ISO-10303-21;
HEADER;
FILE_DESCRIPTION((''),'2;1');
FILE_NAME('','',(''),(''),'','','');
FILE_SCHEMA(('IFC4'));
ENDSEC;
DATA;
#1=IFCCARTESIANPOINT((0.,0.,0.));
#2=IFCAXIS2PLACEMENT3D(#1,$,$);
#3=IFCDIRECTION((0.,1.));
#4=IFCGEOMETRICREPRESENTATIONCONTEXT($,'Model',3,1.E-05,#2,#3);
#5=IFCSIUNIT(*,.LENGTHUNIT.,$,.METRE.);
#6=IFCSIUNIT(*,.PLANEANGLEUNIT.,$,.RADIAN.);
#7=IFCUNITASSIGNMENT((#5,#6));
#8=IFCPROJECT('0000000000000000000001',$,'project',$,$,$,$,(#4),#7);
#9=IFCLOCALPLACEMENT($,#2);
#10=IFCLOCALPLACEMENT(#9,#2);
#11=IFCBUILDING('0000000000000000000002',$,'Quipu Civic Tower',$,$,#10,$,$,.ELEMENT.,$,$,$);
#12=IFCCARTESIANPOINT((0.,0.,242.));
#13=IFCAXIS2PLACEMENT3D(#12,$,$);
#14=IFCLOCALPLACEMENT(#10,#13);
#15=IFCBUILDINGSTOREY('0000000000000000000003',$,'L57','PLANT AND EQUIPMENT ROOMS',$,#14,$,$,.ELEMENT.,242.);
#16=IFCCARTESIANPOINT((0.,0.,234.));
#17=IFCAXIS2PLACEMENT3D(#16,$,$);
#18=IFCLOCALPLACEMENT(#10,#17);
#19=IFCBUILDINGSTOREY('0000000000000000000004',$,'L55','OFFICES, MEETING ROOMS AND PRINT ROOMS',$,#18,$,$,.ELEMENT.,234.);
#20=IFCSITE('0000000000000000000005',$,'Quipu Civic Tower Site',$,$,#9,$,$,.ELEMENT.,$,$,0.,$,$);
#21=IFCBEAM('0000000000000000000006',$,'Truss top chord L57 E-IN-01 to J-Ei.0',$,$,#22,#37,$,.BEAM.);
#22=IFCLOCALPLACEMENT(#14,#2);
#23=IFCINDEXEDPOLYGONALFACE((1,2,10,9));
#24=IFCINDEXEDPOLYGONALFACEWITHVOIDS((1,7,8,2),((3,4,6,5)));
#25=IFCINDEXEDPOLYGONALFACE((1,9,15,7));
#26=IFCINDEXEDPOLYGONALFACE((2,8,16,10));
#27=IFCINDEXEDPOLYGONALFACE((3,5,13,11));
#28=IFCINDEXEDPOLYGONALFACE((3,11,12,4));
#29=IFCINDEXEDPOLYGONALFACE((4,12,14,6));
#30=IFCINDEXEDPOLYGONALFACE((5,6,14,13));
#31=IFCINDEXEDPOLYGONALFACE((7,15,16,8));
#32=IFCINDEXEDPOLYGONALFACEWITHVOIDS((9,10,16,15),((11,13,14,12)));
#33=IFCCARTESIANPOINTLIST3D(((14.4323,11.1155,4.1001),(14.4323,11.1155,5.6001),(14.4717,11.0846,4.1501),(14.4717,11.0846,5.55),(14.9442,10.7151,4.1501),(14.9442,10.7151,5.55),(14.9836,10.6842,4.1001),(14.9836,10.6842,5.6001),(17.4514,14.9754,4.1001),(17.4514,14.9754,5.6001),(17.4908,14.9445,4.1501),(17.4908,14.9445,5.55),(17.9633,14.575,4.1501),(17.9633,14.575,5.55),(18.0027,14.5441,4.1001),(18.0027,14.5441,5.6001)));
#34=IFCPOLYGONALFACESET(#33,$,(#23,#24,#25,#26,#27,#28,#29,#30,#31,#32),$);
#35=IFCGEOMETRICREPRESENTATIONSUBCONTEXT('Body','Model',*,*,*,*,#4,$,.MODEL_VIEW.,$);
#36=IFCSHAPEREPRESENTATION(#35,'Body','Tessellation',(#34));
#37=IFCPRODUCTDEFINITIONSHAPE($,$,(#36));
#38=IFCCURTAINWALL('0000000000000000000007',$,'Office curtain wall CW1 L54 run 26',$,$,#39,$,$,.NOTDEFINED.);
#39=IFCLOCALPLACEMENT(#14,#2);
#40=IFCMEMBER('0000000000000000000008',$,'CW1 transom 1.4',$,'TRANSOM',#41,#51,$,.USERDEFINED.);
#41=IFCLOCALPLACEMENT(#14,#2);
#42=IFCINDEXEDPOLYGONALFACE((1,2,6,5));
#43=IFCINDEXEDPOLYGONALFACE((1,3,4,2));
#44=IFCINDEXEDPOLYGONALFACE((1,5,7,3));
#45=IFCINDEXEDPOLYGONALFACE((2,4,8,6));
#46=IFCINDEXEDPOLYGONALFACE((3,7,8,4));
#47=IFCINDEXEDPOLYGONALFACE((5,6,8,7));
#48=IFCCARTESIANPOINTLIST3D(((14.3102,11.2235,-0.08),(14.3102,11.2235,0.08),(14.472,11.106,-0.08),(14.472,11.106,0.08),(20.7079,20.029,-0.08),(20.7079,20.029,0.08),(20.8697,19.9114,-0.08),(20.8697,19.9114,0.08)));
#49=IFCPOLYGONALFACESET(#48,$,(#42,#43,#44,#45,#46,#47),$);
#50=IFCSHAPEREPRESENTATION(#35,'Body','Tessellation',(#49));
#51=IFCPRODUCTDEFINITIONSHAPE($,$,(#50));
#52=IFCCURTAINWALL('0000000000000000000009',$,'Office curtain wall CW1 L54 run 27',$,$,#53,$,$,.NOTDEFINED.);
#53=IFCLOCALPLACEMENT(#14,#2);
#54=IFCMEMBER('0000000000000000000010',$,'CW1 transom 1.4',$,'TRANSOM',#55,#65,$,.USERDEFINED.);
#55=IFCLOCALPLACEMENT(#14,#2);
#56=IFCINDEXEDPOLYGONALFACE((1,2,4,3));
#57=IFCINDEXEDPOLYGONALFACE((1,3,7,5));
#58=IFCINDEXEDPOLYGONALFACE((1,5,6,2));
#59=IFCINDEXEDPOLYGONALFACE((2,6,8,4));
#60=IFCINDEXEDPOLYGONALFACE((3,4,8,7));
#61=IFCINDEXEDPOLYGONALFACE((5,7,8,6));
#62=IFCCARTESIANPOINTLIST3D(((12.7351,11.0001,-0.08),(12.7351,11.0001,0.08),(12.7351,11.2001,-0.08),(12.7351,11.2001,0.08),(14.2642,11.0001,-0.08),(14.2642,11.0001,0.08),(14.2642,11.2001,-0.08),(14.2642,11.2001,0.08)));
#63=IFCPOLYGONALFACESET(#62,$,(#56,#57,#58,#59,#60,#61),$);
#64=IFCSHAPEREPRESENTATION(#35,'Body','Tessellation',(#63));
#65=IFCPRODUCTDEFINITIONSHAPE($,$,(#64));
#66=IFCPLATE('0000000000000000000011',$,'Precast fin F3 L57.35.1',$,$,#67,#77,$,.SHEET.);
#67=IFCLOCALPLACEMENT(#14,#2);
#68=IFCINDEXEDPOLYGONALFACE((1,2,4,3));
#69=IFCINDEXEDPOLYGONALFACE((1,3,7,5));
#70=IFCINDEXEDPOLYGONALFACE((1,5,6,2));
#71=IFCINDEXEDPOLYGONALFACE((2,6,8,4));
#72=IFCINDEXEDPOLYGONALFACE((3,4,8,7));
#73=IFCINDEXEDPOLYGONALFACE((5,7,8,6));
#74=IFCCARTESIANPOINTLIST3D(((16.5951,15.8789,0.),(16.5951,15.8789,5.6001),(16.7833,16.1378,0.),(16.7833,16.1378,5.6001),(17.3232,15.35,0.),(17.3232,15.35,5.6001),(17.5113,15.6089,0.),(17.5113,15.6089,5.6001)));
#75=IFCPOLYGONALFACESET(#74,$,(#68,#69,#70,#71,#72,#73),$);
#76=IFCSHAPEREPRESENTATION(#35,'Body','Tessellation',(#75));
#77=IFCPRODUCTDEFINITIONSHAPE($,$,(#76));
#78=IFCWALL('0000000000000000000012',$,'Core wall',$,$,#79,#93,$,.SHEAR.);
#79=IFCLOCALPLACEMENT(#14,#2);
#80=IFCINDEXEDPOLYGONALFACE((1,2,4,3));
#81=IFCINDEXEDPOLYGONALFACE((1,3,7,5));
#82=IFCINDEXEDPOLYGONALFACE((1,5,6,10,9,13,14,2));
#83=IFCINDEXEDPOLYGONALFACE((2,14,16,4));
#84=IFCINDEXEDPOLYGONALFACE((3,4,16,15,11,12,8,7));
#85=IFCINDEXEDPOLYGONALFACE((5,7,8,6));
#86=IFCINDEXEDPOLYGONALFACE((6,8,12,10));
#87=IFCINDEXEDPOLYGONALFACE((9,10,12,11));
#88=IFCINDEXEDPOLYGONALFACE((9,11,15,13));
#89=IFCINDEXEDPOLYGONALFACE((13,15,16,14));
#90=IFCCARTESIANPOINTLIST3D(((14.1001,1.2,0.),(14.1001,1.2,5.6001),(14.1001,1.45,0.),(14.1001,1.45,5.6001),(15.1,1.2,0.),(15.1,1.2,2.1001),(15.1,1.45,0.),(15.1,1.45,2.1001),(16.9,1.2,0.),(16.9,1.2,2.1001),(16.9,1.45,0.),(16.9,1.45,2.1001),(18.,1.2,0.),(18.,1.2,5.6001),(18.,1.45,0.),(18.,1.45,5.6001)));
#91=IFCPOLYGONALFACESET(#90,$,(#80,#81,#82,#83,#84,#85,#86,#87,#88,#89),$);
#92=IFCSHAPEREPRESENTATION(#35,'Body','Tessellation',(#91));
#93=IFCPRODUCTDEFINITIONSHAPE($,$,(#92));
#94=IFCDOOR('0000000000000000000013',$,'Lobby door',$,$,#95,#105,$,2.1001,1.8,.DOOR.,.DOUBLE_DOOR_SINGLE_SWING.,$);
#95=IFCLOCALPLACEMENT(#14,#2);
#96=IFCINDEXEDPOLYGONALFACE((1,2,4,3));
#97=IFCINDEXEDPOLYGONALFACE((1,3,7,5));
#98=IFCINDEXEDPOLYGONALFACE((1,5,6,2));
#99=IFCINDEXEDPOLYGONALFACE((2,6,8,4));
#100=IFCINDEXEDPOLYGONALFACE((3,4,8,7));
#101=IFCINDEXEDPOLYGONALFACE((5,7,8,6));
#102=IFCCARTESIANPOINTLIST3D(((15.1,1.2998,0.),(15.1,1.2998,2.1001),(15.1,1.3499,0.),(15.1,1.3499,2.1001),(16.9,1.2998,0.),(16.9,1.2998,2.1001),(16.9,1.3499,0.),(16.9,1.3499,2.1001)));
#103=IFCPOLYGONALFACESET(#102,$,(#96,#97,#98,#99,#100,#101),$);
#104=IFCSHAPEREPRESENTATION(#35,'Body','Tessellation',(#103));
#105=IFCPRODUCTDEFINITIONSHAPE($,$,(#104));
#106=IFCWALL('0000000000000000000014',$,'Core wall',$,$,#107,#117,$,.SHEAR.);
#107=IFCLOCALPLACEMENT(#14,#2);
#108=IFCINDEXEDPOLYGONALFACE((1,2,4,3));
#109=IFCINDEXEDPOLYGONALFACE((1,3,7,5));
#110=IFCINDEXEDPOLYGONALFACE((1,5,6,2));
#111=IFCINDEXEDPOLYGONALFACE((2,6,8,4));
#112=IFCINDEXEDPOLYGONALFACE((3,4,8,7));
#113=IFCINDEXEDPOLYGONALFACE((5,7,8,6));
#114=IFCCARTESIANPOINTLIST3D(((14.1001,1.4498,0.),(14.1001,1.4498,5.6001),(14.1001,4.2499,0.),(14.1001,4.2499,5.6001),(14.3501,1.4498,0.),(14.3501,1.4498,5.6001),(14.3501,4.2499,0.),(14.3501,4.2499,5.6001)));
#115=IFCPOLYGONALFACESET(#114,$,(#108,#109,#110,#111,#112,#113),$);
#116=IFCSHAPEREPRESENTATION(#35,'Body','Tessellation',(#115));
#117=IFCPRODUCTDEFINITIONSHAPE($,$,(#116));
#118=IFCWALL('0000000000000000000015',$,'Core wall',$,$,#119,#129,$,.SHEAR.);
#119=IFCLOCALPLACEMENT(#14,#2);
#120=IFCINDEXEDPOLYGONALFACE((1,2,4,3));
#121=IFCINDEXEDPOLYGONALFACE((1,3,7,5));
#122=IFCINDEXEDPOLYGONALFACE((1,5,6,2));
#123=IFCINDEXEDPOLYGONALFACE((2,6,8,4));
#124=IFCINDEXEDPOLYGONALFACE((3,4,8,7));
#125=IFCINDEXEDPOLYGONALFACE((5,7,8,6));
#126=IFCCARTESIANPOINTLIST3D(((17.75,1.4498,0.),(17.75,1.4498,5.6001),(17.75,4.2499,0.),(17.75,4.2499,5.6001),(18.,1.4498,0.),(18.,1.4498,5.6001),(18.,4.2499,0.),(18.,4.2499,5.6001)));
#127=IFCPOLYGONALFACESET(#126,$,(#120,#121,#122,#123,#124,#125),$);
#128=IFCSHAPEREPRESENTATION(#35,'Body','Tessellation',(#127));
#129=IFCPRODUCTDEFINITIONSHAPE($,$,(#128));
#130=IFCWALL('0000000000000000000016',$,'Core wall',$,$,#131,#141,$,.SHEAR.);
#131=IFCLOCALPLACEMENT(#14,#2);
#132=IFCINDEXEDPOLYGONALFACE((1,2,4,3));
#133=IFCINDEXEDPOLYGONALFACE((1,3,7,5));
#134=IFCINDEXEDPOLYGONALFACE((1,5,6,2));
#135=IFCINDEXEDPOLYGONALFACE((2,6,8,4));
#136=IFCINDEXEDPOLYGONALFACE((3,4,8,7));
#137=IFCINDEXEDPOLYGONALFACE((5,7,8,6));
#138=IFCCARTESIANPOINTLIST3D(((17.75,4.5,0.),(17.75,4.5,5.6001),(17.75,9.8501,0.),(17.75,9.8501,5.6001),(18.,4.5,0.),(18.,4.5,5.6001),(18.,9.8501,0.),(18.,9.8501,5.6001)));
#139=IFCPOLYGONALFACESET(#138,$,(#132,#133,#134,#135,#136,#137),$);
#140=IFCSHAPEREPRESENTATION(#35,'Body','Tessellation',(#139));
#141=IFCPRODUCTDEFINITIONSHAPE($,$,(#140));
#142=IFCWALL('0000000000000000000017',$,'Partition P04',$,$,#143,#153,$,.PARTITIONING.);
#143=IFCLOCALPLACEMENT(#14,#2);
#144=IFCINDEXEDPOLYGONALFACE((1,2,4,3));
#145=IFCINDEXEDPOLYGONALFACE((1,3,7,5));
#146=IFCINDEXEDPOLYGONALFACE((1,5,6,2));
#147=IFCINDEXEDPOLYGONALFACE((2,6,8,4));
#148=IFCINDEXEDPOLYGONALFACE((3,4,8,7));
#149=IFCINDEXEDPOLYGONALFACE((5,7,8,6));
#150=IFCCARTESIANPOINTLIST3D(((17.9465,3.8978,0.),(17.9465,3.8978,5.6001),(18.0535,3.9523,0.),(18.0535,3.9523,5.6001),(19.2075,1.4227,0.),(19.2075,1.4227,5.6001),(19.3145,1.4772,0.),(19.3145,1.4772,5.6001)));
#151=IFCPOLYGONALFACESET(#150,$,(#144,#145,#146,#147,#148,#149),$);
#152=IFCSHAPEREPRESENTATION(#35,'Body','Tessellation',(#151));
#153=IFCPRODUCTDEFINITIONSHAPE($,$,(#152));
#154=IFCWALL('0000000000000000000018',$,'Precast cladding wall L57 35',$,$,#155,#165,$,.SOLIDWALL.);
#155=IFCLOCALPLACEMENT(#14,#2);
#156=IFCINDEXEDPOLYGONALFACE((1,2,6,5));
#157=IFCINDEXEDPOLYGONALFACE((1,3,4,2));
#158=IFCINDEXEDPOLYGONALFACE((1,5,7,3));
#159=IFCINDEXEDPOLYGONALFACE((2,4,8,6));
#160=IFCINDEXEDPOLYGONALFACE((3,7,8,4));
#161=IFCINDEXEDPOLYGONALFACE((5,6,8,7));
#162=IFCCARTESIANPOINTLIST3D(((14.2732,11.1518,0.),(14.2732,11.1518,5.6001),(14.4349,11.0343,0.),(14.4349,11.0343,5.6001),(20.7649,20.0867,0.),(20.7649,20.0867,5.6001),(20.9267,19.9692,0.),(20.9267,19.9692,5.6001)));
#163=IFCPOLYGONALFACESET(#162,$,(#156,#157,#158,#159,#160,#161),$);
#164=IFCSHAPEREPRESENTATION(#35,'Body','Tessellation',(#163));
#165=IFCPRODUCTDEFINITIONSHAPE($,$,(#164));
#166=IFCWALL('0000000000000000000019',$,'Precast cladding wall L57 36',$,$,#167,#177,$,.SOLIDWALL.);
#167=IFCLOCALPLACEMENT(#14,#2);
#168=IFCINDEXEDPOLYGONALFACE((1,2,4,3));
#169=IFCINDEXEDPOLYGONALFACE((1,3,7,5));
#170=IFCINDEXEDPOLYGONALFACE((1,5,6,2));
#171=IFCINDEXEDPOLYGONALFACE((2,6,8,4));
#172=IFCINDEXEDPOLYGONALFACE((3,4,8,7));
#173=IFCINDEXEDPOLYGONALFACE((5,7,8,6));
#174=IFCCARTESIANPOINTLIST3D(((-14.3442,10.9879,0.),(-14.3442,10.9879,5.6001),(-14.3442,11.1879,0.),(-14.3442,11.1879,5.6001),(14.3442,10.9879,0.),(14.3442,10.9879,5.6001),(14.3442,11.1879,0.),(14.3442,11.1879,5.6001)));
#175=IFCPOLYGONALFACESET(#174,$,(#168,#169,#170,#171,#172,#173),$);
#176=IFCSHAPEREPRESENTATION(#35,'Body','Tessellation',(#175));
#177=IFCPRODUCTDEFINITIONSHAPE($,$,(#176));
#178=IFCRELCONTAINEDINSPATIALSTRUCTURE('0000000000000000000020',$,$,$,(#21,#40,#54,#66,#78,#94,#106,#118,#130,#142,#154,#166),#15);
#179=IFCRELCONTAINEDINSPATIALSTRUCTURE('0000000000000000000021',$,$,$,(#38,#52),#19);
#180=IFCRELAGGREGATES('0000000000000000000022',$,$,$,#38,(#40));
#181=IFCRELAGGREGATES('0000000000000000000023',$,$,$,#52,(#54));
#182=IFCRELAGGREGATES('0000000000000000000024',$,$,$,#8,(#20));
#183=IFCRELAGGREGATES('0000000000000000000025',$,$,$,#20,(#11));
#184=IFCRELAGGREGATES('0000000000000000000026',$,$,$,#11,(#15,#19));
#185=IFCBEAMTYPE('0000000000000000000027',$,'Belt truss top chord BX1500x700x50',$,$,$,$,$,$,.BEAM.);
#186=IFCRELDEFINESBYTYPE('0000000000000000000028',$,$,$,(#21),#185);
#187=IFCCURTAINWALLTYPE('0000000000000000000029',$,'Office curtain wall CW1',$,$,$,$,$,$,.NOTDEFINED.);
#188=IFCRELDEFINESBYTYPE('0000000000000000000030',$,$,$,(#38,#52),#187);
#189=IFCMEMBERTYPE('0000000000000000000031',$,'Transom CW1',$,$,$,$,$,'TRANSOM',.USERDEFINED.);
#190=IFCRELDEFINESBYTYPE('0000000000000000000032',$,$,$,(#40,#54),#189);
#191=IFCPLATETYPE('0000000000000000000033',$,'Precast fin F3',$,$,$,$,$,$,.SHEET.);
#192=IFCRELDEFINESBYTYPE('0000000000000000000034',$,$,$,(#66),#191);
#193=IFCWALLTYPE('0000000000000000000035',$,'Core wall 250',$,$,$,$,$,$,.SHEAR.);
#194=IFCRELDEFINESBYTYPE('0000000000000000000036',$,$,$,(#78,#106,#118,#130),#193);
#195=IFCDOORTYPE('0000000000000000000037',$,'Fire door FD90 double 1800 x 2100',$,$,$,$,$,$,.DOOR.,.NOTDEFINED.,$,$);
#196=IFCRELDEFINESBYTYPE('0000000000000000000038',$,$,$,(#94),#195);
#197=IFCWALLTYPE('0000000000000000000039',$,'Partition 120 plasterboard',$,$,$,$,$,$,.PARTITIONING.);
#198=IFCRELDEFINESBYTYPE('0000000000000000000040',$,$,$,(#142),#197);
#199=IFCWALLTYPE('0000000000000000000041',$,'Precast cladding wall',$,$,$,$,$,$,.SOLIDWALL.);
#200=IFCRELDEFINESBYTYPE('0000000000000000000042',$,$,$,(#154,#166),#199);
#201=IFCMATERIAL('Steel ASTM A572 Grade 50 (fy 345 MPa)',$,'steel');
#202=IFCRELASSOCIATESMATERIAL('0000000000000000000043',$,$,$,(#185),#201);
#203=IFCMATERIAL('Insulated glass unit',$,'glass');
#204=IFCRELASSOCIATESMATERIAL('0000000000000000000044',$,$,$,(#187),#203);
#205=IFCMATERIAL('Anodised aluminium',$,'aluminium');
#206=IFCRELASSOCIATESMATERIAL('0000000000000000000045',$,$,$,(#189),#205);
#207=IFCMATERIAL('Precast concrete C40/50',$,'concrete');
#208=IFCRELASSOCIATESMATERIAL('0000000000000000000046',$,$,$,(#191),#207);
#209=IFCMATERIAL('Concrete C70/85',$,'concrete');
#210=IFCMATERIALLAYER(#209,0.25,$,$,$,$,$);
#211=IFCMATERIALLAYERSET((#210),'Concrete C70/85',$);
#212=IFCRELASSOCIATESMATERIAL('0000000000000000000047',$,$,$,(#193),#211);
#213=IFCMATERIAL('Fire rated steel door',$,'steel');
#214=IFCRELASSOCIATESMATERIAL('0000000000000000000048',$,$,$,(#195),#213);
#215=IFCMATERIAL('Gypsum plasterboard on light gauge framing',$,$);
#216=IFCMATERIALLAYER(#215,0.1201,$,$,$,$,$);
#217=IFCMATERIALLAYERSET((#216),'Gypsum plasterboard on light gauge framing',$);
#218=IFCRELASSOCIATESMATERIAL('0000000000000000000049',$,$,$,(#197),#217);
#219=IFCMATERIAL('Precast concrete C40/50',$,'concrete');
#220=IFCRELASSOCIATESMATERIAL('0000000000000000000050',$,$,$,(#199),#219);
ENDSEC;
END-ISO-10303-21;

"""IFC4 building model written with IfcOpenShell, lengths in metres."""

from ifc_helpers import new_model, si_unit, direction, frame, frame_2d, origin, origin_2d, place, context, subcontext, project, spatial, rectangle, hollow_rectangle, extrude, material, layer, layer_set, material_profile, profile_set, type_object, element, fill, aggregate, save


model = new_model("IFC4")

# Units and contexts
model_context = context("Model", 3, precision=1e-05, world=origin(), true_north=direction((0.0, 1.0)))
body_context = subcontext(model_context, "Body", "Model", "MODEL_VIEW")
ifc_project = project(units=[si_unit("LENGTHUNIT", "METRE"), si_unit("PLANEANGLEUNIT", "RADIAN")], contexts=[model_context])

# Site, building, storey
site_placement = place(None, origin())
site = spatial("IfcSite", under=ifc_project, at=site_placement, Name="Quipu Civic Tower Site", CompositionType="ELEMENT", RefElevation=0.0)
building_placement = place(site_placement, origin())
building = spatial("IfcBuilding", under=site, at=building_placement, Name="Quipu Civic Tower", CompositionType="ELEMENT")
storey_1_placement = place(building_placement, frame((0.0, 0.0, 242.0)))
storey_1 = spatial("IfcBuildingStorey", under=building, at=storey_1_placement, Name="L57", Description="PLANT AND EQUIPMENT ROOMS", CompositionType="ELEMENT", Elevation=242.0)

# Beam
ifc_material_1 = material(Name="Steel ASTM A572 Grade 50 (fy 345 MPa)", Category="steel")
ifc_material_profile_1 = material_profile(ifc_material_1, hollow_rectangle(XDim=0.7, YDim=1.5, WallThickness=0.05, at=origin_2d()), Name="BX1500x700x50")
ifc_profile_set_1 = profile_set([ifc_material_profile_1], Name="Steel ASTM A572 Grade 50 (fy 345 MPa)")
beam_type_1 = type_object("IfcBeamType", Name="Belt truss top chord BX1500x700x50", PredefinedType="BEAM", material=ifc_profile_set_1)
beam_1_placement = place(storey_1_placement, frame((17.7271, 14.7598, 4.8501), z_axis=(-0.616091, -0.787675, 0.0), x_axis=(0.787675, -0.616091, 0.0)))
element("IfcBeam", 1, at=beam_1_placement, inside=storey_1, type_object=beam_type_1, Name="Truss top chord L57 E-IN-01 to J-Ei.0", PredefinedType="BEAM", context=body_context, shape_type="SweptSolid", body=[
    extrude(hollow_rectangle(XDim=0.7, YDim=1.5, WallThickness=0.05, at=origin_2d()), origin(), (0.0, 0.0, 1.0), 4.9004),
])

# Shared definitions
storey_2_placement = place(building_placement, frame((0.0, 0.0, 234.0)))
storey_2 = spatial("IfcBuildingStorey", under=building, at=storey_2_placement, Name="L55", Description="OFFICES, MEETING ROOMS AND PRINT ROOMS", CompositionType="ELEMENT", Elevation=234.0)

# Curtain walls, members
ifc_material_2 = material(Name="Insulated glass unit", Category="glass")
curtain_wall_type = type_object("IfcCurtainWallType", Name="Office curtain wall CW1", PredefinedType="NOTDEFINED", material=ifc_material_2)
curtain_wall_1_placement = place(storey_2_placement, origin())
curtain_wall_1 = element("IfcCurtainWall", 2, at=curtain_wall_1_placement, inside=storey_2, type_object=curtain_wall_type, Name="Office curtain wall CW1 L54 run 26", PredefinedType="NOTDEFINED")
ifc_material_3 = material(Name="Anodised aluminium", Category="aluminium")
ifc_material_profile_2 = material_profile(ifc_material_3, rectangle(XDim=0.2, YDim=0.1599, at=origin_2d()), Name="RECT 200x160")
ifc_profile_set_2 = profile_set([ifc_material_profile_2], Name="Anodised aluminium")
member_type_1 = type_object("IfcMemberType", Name="Transom CW1", ElementType="TRANSOM", PredefinedType="USERDEFINED", material=ifc_profile_set_2)
member_1_placement = place(storey_1_placement, frame((20.7888, 19.9702, 0.0), z_axis=(-0.587797, -0.809009, 0.0), x_axis=(0.809009, -0.587797, 0.0)))
member_1 = element("IfcMember", 3, at=member_1_placement, inside=storey_1, type_object=member_type_1, Name="CW1 transom 1.4", ObjectType="TRANSOM", PredefinedType="USERDEFINED", context=body_context, shape_type="SweptSolid", body=[
    extrude(rectangle(XDim=0.2, YDim=0.1599, at=origin_2d()), origin(), (0.0, 0.0, 1.0), 10.8843),
])
aggregate(curtain_wall_1, [member_1])
curtain_wall_2_placement = place(storey_2_placement, origin())
curtain_wall_2 = element("IfcCurtainWall", 4, at=curtain_wall_2_placement, inside=storey_2, type_object=curtain_wall_type, Name="Office curtain wall CW1 L54 run 27", PredefinedType="NOTDEFINED")
member_2_placement = place(storey_1_placement, frame((14.2642, 11.1001, 0.0), z_axis=(-1.0, 0.0, 0.0), x_axis=(0.0, -1.0, 0.0)))
member_2 = element("IfcMember", 5, at=member_2_placement, inside=storey_1, type_object=member_type_1, Name="CW1 transom 1.4", ObjectType="TRANSOM", PredefinedType="USERDEFINED", context=body_context, shape_type="SweptSolid", body=[
    extrude(rectangle(XDim=0.2, YDim=0.1599, at=origin_2d()), origin(), (0.0, 0.0, 1.0), 1.5291),
])
aggregate(curtain_wall_2, [member_2])

# Plate
ifc_material_4 = material(Name="Precast concrete C40/50", Category="concrete")
plate_type = type_object("IfcPlateType", Name="Precast fin F3", PredefinedType="SHEET", material=ifc_material_4)
plate_placement = place(storey_1_placement, frame((17.0532, 15.7439, 0.0), z_axis=(0.0, 0.0, 1.0), x_axis=(-0.587784, -0.809018, 0.0)))
element("IfcPlate", 6, at=plate_placement, inside=storey_1, type_object=plate_type, Name="Precast fin F3 L57.35.1", PredefinedType="SHEET", context=body_context, shape_type="SweptSolid", body=[
    extrude(rectangle(XDim=0.3201, YDim=0.8999, at=origin_2d()), origin(), (0.0, 0.0, 1.0), 5.6001),
])

# Wall, opening, door
ifc_material_5 = material(Name="Concrete C70/85", Category="concrete")
ifc_layer_1 = layer(ifc_material_5, 0.25)
ifc_layer_set_1 = layer_set([ifc_layer_1], Name="Concrete C70/85")
wall_type_1 = type_object("IfcWallType", Name="Core wall 250", PredefinedType="SHEAR", material=ifc_layer_set_1)
wall_1_placement = place(storey_1_placement, frame((14.1001, 1.325, 0.0), z_axis=(0.0, 0.0, 1.0), x_axis=(1.0, 0.0, 0.0)))
wall_1 = element("IfcWall", 7, at=wall_1_placement, inside=storey_1, type_object=wall_type_1, Name="Core wall", PredefinedType="SHEAR", context=body_context, shape_type="SweptSolid", body=[
    extrude(rectangle(XDim=3.8999, YDim=0.25, at=frame_2d((1.95, 0.0))), origin(), (0.0, 0.0, 1.0), 5.6001),
])
opening_placement = place(wall_1_placement, frame((1.0, 0.0, 0.0)))
opening = element("IfcOpeningElement", 8, at=opening_placement, cuts=wall_1, PredefinedType="OPENING", context=body_context, shape_type="SweptSolid", body=[
    extrude(rectangle(XDim=1.8, YDim=2.1001, at=frame_2d((0.8999, 1.05))), frame((0.0, 0.135, 0.0), z_axis=(0.0, -1.0, 0.0), x_axis=(1.0, 0.0, 0.0)), (0.0, 0.0, 1.0), 0.27),
])
ifc_material_6 = material(Name="Fire rated steel door", Category="steel")
door_type = type_object("IfcDoorType", Name="Fire door FD90 double 1800 x 2100", OperationType="NOTDEFINED", PredefinedType="DOOR", material=ifc_material_6)
door_placement = place(opening_placement, origin())
door = element("IfcDoor", 9, at=door_placement, inside=storey_1, type_object=door_type, Name="Lobby door", OperationType="DOUBLE_DOOR_SINGLE_SWING", OverallHeight=2.1001, OverallWidth=1.8, PredefinedType="DOOR", context=body_context, shape_type="SweptSolid", body=[
    extrude(rectangle(XDim=1.8, YDim=2.1001, at=frame_2d((0.8999, 1.05))), frame((0.0, 0.0249, 0.0), z_axis=(0.0, -1.0, 0.0), x_axis=(1.0, 0.0, 0.0)), (0.0, 0.0, 1.0), 0.05),
])
fill(opening, door)

# Walls
for number, where, z_axis, x_axis, name in (
    (10, (14.2251, 1.45, 0.0), (0.0, 0.0, 1.0), (0.0, 1.0, 0.0), "Core wall"),
    (11, (17.875, 1.45, 0.0), (0.0, 0.0, 1.0), (0.0, 1.0, 0.0), "Core wall"),
):
    element("IfcWall", number, at=place(storey_1_placement, frame(where, z_axis=z_axis, x_axis=x_axis)), inside=storey_1, type_object=wall_type_1, Name=name, PredefinedType="SHEAR", context=body_context, shape_type="SweptSolid", body=[
        extrude(rectangle(XDim=2.8, YDim=0.25, at=frame_2d((1.3999, 0.0))), origin(), (0.0, 0.0, 1.0), 5.6001),
    ])
wall_2_placement = place(storey_1_placement, frame((17.875, 4.5, 0.0), z_axis=(0.0, 0.0, 1.0), x_axis=(0.0, 1.0, 0.0)))
element("IfcWall", 12, at=wall_2_placement, inside=storey_1, type_object=wall_type_1, Name="Core wall", PredefinedType="SHEAR", context=body_context, shape_type="SweptSolid", body=[
    extrude(rectangle(XDim=5.3501, YDim=0.25, at=frame_2d((2.675, 0.0))), origin(), (0.0, 0.0, 1.0), 5.6001),
])
ifc_material_7 = material(Name="Gypsum plasterboard on light gauge framing")
ifc_layer_2 = layer(ifc_material_7, 0.1201)
ifc_layer_set_2 = layer_set([ifc_layer_2], Name="Gypsum plasterboard on light gauge framing")
wall_type_2 = type_object("IfcWallType", Name="Partition 120 plasterboard", PredefinedType="PARTITIONING", material=ifc_layer_set_2)
wall_3_placement = place(storey_1_placement, frame((18.0, 3.925, 0.0), z_axis=(0.0, 0.0, 1.0), x_axis=(0.453951, -0.891027, 0.0)))
element("IfcWall", 13, at=wall_3_placement, inside=storey_1, type_object=wall_type_2, Name="Partition P04", PredefinedType="PARTITIONING", context=body_context, shape_type="SweptSolid", body=[
    extrude(rectangle(XDim=2.7778, YDim=0.1201, at=frame_2d((1.3889, 0.0))), origin(), (0.0, 0.0, 1.0), 5.6001),
])
ifc_material_8 = material(Name="Precast concrete C40/50", Category="concrete")
wall_type_3 = type_object("IfcWallType", Name="Precast cladding wall", PredefinedType="SOLIDWALL", material=ifc_material_8)
wall_4_placement = place(storey_1_placement, frame((20.8457, 20.0278, 0.0), z_axis=(0.0, 0.0, 1.0), x_axis=(-0.587796, -0.809009, 0.0)))
element("IfcWall", 14, at=wall_4_placement, inside=storey_1, type_object=wall_type_3, Name="Precast cladding wall L57 35", PredefinedType="SOLIDWALL", context=body_context, shape_type="SweptSolid", body=[
    extrude(rectangle(XDim=11.0442, YDim=0.2, at=frame_2d((5.522, 0.0))), origin(), (0.0, 0.0, 1.0), 5.6001),
])
wall_5_placement = place(storey_1_placement, frame((14.3442, 11.0879, 0.0), z_axis=(0.0, 0.0, 1.0), x_axis=(-1.0, 0.0, 0.0)))
element("IfcWall", 15, at=wall_5_placement, inside=storey_1, type_object=wall_type_3, Name="Precast cladding wall L57 36", PredefinedType="SOLIDWALL", context=body_context, shape_type="SweptSolid", body=[
    extrude(rectangle(XDim=28.6885, YDim=0.2, at=frame_2d((14.3442, 0.0))), origin(), (0.0, 0.0, 1.0), 5.6001),
])

save(model, "model.ifc")
